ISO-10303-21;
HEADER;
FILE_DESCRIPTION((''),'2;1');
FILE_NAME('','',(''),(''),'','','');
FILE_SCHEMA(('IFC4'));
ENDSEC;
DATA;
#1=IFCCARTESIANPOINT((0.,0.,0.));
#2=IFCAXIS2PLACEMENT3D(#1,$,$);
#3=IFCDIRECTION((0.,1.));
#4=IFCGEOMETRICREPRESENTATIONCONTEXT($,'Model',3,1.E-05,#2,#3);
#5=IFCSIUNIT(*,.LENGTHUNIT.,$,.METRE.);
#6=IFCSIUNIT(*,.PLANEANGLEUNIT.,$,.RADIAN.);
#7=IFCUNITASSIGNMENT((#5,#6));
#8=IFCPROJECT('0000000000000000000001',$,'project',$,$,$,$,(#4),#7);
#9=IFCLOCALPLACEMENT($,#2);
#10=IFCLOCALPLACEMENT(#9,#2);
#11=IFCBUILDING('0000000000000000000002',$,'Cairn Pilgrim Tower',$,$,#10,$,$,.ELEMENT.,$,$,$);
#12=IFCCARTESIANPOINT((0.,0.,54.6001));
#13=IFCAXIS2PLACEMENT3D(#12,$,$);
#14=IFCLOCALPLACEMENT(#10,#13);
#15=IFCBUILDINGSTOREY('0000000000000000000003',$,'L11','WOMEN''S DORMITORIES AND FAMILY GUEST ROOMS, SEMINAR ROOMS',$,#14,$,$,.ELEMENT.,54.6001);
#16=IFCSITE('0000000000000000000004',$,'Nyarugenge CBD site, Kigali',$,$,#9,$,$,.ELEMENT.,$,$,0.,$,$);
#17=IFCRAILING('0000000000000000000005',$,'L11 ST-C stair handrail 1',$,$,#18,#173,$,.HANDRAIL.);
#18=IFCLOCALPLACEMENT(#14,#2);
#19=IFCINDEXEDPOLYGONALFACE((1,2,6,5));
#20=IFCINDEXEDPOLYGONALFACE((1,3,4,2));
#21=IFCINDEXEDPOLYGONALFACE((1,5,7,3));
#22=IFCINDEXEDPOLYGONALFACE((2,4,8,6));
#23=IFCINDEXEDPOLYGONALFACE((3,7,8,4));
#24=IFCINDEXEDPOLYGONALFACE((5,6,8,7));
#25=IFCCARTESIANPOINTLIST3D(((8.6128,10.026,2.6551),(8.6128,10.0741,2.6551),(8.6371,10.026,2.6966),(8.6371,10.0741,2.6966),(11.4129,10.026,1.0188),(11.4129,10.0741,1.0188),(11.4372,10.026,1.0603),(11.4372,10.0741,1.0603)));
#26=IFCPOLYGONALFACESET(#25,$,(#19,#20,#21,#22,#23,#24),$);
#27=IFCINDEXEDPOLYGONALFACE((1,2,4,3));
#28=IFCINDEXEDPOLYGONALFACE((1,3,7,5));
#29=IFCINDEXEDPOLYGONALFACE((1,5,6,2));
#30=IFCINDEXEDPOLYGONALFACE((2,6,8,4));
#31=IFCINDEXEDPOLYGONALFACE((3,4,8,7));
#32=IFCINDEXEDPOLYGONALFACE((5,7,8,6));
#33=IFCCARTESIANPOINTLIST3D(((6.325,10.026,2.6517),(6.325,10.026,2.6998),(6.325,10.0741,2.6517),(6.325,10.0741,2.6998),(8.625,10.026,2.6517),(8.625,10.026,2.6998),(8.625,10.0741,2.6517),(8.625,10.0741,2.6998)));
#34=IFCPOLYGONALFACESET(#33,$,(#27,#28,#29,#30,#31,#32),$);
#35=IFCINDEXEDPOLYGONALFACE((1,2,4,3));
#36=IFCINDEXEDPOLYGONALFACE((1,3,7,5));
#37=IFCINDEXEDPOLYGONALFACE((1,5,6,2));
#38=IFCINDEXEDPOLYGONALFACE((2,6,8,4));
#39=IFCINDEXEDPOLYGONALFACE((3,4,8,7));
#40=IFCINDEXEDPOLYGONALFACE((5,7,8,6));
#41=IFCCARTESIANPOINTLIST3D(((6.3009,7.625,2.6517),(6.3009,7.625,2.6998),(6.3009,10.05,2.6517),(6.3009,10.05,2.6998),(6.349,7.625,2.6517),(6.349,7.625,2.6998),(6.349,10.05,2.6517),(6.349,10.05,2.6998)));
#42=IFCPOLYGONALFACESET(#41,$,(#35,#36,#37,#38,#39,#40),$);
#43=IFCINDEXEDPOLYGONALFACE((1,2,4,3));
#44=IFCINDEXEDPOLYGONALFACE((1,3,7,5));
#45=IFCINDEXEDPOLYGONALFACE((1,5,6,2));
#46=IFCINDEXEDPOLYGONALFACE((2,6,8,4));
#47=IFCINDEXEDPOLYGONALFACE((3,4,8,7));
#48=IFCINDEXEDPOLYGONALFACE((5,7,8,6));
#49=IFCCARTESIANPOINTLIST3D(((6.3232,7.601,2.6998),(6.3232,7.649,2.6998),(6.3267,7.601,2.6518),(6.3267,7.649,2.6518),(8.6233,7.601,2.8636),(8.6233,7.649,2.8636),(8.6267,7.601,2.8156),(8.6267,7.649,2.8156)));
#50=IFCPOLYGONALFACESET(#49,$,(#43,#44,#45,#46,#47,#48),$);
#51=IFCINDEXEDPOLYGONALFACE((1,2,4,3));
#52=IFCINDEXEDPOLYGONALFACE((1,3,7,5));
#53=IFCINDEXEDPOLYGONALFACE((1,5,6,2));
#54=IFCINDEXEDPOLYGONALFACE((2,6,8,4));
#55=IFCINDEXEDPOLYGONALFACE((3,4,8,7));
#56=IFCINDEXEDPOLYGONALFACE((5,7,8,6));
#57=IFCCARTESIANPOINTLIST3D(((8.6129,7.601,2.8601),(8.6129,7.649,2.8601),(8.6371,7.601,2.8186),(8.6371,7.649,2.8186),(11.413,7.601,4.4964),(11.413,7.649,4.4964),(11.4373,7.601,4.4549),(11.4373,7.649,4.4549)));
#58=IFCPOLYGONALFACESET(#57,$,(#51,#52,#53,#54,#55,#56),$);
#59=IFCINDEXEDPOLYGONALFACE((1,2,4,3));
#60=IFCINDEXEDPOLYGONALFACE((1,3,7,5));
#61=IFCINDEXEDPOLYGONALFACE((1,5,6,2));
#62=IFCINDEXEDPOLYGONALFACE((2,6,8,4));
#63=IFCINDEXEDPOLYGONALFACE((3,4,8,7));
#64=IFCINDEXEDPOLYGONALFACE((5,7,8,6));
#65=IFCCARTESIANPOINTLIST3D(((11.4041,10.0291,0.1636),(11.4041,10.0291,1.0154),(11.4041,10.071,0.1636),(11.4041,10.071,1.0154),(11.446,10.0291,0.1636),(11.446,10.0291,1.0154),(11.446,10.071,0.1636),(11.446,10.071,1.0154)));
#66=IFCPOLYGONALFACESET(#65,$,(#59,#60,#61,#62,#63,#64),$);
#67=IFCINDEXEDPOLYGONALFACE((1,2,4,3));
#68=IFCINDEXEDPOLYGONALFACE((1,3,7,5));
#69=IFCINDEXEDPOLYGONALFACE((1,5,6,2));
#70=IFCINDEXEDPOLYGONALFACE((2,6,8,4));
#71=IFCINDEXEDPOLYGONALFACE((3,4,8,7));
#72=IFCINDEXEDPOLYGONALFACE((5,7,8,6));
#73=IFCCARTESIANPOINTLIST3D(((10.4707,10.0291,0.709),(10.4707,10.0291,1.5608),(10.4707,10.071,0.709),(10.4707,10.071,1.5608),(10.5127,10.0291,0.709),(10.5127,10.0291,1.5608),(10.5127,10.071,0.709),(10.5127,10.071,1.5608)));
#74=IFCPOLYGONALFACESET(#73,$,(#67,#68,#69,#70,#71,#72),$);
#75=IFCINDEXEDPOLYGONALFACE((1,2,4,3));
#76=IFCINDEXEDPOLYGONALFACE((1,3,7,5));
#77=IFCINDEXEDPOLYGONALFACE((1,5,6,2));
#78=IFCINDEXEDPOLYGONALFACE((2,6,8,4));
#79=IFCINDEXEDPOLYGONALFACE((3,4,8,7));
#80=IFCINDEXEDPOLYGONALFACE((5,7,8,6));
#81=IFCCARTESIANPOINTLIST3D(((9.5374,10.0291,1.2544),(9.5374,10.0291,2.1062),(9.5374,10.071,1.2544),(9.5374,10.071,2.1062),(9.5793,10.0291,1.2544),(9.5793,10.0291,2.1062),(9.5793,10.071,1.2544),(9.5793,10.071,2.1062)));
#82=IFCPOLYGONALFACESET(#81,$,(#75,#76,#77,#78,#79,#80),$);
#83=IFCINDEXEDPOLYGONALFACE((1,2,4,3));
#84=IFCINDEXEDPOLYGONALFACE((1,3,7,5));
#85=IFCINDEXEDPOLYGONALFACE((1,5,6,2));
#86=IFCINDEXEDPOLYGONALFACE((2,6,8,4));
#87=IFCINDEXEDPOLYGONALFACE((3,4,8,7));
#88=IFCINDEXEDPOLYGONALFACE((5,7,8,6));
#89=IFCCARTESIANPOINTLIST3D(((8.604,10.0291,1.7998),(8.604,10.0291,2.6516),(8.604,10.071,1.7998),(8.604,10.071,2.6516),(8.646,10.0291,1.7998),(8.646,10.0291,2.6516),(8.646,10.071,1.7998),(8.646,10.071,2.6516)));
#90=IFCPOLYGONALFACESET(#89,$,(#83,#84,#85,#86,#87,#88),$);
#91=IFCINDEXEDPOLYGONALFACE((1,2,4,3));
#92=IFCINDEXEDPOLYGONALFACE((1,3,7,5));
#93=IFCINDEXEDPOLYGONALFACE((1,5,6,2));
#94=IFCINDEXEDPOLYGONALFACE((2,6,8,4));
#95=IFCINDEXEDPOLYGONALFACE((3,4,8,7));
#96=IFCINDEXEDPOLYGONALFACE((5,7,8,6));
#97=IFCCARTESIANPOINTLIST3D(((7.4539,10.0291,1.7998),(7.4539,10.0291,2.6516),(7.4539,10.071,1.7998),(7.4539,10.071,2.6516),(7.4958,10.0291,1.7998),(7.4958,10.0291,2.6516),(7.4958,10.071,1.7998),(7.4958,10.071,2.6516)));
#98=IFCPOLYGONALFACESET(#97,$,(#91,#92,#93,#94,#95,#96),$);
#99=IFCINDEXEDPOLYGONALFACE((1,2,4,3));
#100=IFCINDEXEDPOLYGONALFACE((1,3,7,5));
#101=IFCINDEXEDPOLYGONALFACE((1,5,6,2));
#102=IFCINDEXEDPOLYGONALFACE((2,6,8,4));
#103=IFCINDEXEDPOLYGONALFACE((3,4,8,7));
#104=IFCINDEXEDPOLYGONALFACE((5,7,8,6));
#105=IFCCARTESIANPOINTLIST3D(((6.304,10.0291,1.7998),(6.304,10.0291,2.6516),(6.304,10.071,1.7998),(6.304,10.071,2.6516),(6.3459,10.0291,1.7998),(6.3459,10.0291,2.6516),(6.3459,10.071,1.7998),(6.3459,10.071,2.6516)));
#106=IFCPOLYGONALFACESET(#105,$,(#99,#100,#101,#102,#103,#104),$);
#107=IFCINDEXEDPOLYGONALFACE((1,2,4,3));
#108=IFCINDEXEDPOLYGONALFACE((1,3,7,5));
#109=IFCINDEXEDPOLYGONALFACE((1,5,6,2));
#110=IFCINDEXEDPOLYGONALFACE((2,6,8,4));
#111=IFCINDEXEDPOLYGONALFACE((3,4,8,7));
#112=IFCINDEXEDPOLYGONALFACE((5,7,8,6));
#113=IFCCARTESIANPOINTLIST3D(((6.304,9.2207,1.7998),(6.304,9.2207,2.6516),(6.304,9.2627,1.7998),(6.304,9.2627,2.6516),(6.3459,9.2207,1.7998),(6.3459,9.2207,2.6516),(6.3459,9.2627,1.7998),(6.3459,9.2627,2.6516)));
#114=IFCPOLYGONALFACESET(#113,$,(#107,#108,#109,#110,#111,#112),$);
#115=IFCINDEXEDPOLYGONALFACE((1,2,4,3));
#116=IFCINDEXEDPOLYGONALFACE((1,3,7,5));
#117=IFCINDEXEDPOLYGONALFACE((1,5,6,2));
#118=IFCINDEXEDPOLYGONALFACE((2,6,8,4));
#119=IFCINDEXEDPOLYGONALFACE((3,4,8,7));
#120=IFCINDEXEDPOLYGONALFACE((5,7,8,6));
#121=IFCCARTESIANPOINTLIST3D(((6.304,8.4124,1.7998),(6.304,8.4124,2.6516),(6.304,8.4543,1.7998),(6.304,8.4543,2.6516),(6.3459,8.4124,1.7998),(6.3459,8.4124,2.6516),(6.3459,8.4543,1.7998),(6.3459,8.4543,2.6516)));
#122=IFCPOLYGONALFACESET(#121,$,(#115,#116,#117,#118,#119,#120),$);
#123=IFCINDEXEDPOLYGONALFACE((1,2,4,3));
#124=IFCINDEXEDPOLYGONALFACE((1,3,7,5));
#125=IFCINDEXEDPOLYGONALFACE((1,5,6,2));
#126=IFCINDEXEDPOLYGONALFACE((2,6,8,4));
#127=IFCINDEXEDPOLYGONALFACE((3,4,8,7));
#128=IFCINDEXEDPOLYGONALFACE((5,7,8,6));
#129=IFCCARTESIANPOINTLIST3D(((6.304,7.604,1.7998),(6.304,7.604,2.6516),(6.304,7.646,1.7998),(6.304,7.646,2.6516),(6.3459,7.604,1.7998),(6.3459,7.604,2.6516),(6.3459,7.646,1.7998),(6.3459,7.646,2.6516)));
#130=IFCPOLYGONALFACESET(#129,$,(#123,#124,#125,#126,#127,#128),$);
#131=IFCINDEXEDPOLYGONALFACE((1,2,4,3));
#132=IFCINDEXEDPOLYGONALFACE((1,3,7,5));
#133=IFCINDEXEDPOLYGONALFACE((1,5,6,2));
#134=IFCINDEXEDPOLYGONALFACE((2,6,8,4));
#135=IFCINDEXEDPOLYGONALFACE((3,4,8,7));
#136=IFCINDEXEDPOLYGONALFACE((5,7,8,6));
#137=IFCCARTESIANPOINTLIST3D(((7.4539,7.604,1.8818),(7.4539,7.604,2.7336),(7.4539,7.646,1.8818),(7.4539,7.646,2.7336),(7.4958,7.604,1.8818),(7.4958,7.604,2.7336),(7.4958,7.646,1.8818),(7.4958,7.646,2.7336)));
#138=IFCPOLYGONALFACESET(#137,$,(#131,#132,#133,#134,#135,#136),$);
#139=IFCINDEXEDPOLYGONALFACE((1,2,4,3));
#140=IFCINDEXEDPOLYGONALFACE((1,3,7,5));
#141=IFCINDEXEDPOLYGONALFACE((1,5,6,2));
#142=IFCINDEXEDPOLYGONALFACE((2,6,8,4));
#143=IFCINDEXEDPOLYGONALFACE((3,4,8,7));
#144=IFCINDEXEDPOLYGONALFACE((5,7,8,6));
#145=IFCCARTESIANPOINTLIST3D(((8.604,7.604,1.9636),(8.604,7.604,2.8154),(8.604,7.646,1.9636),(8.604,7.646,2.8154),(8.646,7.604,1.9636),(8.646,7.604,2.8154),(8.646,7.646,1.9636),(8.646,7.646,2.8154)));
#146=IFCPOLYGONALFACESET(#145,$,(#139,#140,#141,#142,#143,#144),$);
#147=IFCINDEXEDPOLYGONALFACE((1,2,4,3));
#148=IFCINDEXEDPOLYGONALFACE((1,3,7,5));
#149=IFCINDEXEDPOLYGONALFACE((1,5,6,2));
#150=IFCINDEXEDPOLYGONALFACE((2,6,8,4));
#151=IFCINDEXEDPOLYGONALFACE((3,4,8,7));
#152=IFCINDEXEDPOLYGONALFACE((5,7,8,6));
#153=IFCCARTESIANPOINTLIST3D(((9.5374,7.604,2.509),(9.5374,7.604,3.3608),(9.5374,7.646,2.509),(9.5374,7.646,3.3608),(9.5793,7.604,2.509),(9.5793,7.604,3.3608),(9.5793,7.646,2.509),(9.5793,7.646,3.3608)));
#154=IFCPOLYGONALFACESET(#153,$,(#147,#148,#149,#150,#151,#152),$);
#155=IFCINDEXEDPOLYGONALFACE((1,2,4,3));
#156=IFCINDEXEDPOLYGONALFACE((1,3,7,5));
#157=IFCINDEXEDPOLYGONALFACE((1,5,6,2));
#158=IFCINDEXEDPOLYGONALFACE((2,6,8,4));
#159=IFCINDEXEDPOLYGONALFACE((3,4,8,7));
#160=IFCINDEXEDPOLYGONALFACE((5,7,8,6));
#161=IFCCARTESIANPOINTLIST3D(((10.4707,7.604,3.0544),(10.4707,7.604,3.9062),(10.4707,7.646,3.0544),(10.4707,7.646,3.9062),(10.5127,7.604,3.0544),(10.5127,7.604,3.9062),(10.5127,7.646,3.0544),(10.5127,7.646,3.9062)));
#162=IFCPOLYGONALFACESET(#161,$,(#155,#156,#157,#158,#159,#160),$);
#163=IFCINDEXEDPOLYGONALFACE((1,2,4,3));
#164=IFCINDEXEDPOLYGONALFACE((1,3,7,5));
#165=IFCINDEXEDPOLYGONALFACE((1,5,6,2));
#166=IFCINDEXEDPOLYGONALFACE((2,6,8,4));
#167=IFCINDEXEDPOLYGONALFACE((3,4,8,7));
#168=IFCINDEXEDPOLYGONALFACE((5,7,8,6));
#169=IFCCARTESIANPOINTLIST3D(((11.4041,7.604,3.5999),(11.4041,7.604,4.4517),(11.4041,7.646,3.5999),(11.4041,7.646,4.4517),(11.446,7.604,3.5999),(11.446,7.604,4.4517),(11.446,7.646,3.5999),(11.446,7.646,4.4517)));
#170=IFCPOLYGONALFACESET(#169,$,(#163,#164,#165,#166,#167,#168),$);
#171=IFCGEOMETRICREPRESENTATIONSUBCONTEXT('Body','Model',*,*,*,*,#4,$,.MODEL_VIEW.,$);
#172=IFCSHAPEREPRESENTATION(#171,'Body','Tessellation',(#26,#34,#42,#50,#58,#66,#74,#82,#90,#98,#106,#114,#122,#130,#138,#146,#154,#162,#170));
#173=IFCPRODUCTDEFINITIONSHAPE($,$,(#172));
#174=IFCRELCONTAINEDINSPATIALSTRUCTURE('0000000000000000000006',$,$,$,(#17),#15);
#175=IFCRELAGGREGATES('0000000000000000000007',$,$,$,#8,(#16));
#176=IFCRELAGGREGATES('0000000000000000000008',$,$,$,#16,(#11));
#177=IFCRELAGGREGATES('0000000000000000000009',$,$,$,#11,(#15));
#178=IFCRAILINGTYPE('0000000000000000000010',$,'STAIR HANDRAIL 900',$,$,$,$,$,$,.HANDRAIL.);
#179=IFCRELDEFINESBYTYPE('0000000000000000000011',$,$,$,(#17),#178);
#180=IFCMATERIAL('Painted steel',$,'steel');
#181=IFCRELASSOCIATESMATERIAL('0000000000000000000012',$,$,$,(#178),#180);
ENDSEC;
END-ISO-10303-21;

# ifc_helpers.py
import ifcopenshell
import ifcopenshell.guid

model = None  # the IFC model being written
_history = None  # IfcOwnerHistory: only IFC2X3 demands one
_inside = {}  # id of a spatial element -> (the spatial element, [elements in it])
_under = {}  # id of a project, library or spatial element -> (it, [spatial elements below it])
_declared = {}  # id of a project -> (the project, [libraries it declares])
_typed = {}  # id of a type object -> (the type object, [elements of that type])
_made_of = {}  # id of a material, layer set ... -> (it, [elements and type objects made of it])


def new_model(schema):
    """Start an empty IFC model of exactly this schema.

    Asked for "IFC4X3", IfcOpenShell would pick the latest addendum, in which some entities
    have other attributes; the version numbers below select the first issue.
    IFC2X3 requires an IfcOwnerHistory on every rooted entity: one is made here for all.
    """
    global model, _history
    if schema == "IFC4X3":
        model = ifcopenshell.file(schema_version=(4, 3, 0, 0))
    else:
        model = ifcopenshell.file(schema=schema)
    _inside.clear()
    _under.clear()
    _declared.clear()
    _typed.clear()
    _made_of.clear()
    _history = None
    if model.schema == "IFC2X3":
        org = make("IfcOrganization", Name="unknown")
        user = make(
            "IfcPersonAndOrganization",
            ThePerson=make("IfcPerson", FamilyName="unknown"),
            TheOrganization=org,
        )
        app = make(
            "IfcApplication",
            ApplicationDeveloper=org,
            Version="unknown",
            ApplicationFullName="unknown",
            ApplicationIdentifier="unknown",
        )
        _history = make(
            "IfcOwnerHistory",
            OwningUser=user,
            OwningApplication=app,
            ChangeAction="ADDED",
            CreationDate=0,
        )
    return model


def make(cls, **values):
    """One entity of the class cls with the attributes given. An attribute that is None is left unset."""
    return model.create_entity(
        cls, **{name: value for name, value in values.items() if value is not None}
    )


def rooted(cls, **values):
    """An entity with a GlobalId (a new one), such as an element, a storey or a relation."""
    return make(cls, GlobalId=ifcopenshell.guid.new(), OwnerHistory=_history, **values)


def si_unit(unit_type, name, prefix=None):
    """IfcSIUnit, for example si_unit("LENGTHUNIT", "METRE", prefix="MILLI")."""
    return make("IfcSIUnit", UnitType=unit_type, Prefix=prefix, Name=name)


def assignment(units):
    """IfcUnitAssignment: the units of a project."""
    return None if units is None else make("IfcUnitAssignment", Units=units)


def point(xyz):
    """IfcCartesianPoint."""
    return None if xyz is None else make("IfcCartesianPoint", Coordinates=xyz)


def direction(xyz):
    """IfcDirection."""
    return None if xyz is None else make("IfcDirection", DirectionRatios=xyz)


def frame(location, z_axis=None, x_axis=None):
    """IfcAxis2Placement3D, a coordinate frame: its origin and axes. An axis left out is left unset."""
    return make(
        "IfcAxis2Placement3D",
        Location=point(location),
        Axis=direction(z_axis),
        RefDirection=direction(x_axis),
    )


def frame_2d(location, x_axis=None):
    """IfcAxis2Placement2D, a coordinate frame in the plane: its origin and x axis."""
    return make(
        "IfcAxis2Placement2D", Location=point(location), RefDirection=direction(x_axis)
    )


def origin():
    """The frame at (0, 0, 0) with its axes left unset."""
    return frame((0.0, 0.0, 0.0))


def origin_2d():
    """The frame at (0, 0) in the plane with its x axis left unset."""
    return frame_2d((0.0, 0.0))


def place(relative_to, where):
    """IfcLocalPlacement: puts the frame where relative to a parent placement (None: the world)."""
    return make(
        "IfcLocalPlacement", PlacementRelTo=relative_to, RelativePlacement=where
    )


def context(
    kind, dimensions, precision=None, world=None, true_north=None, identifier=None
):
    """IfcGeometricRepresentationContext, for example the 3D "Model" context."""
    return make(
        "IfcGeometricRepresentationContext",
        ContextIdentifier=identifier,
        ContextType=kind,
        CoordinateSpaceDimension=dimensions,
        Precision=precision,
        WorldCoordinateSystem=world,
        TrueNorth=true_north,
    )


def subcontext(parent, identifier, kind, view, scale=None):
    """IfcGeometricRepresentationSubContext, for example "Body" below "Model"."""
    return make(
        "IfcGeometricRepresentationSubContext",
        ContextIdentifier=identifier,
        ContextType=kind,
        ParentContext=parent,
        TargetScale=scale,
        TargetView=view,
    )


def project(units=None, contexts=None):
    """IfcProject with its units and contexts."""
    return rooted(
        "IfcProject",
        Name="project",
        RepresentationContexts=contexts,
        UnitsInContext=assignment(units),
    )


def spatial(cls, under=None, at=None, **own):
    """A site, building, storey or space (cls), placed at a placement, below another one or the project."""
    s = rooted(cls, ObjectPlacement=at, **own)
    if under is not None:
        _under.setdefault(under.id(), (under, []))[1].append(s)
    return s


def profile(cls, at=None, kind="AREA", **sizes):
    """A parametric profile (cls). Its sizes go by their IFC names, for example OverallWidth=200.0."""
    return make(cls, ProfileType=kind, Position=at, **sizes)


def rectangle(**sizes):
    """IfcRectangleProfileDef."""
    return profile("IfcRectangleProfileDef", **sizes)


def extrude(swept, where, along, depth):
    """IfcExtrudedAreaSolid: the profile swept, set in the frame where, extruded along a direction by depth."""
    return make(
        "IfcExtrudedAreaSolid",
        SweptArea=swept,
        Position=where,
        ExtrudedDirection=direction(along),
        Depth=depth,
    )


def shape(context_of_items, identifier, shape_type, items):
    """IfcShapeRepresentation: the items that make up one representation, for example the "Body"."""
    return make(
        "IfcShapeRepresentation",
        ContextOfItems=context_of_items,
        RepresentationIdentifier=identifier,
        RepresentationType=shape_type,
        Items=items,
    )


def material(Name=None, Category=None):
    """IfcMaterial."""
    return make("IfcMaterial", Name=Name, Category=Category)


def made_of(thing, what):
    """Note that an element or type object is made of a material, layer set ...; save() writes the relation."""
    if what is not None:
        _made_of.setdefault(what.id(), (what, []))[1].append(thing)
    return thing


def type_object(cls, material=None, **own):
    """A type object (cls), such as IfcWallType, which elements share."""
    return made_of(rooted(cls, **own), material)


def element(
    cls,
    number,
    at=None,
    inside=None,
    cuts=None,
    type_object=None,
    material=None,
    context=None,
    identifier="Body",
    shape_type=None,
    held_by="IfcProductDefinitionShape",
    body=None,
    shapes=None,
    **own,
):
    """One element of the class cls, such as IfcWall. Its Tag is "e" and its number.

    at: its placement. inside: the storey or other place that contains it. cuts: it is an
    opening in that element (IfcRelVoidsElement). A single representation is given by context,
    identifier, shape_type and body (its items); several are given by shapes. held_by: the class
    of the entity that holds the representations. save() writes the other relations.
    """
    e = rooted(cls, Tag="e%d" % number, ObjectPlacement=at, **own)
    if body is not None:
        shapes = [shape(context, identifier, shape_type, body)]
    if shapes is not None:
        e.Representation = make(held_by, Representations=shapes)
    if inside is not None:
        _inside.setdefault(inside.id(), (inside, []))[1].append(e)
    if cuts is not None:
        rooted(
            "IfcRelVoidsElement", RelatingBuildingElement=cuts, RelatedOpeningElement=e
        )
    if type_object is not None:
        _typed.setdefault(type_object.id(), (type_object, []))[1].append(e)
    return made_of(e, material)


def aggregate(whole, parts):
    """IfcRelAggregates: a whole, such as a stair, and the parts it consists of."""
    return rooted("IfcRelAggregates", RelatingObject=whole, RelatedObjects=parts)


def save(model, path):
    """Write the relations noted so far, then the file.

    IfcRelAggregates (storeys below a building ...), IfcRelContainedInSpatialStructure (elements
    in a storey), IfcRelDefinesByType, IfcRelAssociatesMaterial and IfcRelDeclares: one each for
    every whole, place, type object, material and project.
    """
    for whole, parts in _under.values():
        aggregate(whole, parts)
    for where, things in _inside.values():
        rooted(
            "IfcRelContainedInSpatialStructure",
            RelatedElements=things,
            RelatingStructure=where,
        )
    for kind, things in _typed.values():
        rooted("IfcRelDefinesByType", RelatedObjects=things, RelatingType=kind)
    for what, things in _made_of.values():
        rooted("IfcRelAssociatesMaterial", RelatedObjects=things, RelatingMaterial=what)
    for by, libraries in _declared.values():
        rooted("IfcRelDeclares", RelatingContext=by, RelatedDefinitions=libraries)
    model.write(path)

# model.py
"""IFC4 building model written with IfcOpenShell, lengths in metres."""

from ifc_helpers import new_model, si_unit, direction, frame, origin, origin_2d, place, context, subcontext, project, spatial, rectangle, extrude, material, type_object, element, save


model = new_model("IFC4")

# Units and contexts
model_context = context("Model", 3, precision=1e-05, world=origin(), true_north=direction((0.0, 1.0)))
body_context = subcontext(model_context, "Body", "Model", "MODEL_VIEW")
ifc_project = project(units=[si_unit("LENGTHUNIT", "METRE"), si_unit("PLANEANGLEUNIT", "RADIAN")], contexts=[model_context])

# Site, building, storey
site_placement = place(None, origin())
site = spatial("IfcSite", under=ifc_project, at=site_placement, Name="Nyarugenge CBD site, Kigali", CompositionType="ELEMENT", RefElevation=0.0)
building_placement = place(site_placement, origin())
building = spatial("IfcBuilding", under=site, at=building_placement, Name="Cairn Pilgrim Tower", CompositionType="ELEMENT")
storey_placement = place(building_placement, frame((0.0, 0.0, 54.6001)))
storey = spatial("IfcBuildingStorey", under=building, at=storey_placement, Name="L11", Description="WOMEN'S DORMITORIES AND FAMILY GUEST ROOMS, SEMINAR ROOMS", CompositionType="ELEMENT", Elevation=54.6001)

# Shared definitions
ifc_material_1 = material(Name="Painted steel", Category="steel")

# Railing
railing_type_1 = type_object("IfcRailingType", Name="STAIR HANDRAIL 900", PredefinedType="HANDRAIL", material=ifc_material_1)
railing_1_placement = place(storey_placement, frame((11.425, 10.05, 0.1636)))
element("IfcRailing", 1, at=railing_1_placement, inside=storey, type_object=railing_type_1, Name="L11 ST-C stair handrail 1", PredefinedType="HANDRAIL", context=body_context, shape_type="SweptSolid", body=[
    extrude(rectangle(XDim=0.0481, YDim=0.0481, at=origin_2d()), frame((0.0, 0.0, 0.876), z_axis=(-0.863394, 0.0, 0.504531), x_axis=(0.0, -1.0, 0.0)), (0.0, 0.0, 1.0), 3.2432),
    extrude(rectangle(XDim=0.0481, YDim=0.0481, at=origin_2d()), frame((-2.8, 0.0, 2.5122), z_axis=(-1.0, 0.0, 0.0), x_axis=(0.0, -1.0, 0.0)), (0.0, 0.0, 1.0), 2.3),
    extrude(rectangle(XDim=0.0481, YDim=0.0481, at=origin_2d()), frame((-5.1001, 0.0, 2.5122), z_axis=(0.0, -1.0, 0.0), x_axis=(1.0, 0.0, 0.0)), (0.0, 0.0, 1.0), 2.425),
    extrude(rectangle(XDim=0.0481, YDim=0.0481, at=origin_2d()), frame((-5.1001, -2.425, 2.5122), z_axis=(0.997473, 0.0, 0.071044), x_axis=(0.0, 1.0, 0.0)), (0.0, 0.0, 1.0), 2.3059),
    extrude(rectangle(XDim=0.0481, YDim=0.0481, at=origin_2d()), frame((-2.8, -2.425, 2.6758), z_axis=(0.863394, 0.0, 0.504531), x_axis=(0.0, 1.0, 0.0)), (0.0, 0.0, 1.0), 3.2432),
    extrude(rectangle(XDim=0.042, YDim=0.042, at=origin_2d()), origin(), (0.0, 0.0, 1.0), 0.8518),
    extrude(rectangle(XDim=0.042, YDim=0.042, at=origin_2d()), frame((-0.9333, 0.0, 0.5454)), (0.0, 0.0, 1.0), 0.8518),
    extrude(rectangle(XDim=0.042, YDim=0.042, at=origin_2d()), frame((-1.8667, 0.0, 1.0908)), (0.0, 0.0, 1.0), 0.8518),
    extrude(rectangle(XDim=0.042, YDim=0.042, at=origin_2d()), frame((-2.8, 0.0, 1.6362)), (0.0, 0.0, 1.0), 0.8518),
    extrude(rectangle(XDim=0.042, YDim=0.042, at=origin_2d()), frame((-3.9502, 0.0, 1.6362)), (0.0, 0.0, 1.0), 0.8518),
    extrude(rectangle(XDim=0.042, YDim=0.042, at=origin_2d()), frame((-5.1001, 0.0, 1.6362)), (0.0, 0.0, 1.0), 0.8518),
    extrude(rectangle(XDim=0.042, YDim=0.042, at=origin_2d()), frame((-5.1001, -0.8083, 1.6362)), (0.0, 0.0, 1.0), 0.8518),
    extrude(rectangle(XDim=0.042, YDim=0.042, at=origin_2d()), frame((-5.1001, -1.6167, 1.6362)), (0.0, 0.0, 1.0), 0.8518),
    extrude(rectangle(XDim=0.042, YDim=0.042, at=origin_2d()), frame((-5.1001, -2.425, 1.6362)), (0.0, 0.0, 1.0), 0.8518),
    extrude(rectangle(XDim=0.042, YDim=0.042, at=origin_2d()), frame((-3.9502, -2.425, 1.7183)), (0.0, 0.0, 1.0), 0.8518),
    extrude(rectangle(XDim=0.042, YDim=0.042, at=origin_2d()), frame((-2.8, -2.425, 1.8)), (0.0, 0.0, 1.0), 0.8518),
    extrude(rectangle(XDim=0.042, YDim=0.042, at=origin_2d()), frame((-1.8667, -2.425, 2.3455)), (0.0, 0.0, 1.0), 0.8518),
    extrude(rectangle(XDim=0.042, YDim=0.042, at=origin_2d()), frame((-0.9333, -2.425, 2.8909)), (0.0, 0.0, 1.0), 0.8518),
    extrude(rectangle(XDim=0.042, YDim=0.042, at=origin_2d()), frame((0.0, -2.425, 3.4363)), (0.0, 0.0, 1.0), 0.8518),
])

save(model, "model.ifc")
